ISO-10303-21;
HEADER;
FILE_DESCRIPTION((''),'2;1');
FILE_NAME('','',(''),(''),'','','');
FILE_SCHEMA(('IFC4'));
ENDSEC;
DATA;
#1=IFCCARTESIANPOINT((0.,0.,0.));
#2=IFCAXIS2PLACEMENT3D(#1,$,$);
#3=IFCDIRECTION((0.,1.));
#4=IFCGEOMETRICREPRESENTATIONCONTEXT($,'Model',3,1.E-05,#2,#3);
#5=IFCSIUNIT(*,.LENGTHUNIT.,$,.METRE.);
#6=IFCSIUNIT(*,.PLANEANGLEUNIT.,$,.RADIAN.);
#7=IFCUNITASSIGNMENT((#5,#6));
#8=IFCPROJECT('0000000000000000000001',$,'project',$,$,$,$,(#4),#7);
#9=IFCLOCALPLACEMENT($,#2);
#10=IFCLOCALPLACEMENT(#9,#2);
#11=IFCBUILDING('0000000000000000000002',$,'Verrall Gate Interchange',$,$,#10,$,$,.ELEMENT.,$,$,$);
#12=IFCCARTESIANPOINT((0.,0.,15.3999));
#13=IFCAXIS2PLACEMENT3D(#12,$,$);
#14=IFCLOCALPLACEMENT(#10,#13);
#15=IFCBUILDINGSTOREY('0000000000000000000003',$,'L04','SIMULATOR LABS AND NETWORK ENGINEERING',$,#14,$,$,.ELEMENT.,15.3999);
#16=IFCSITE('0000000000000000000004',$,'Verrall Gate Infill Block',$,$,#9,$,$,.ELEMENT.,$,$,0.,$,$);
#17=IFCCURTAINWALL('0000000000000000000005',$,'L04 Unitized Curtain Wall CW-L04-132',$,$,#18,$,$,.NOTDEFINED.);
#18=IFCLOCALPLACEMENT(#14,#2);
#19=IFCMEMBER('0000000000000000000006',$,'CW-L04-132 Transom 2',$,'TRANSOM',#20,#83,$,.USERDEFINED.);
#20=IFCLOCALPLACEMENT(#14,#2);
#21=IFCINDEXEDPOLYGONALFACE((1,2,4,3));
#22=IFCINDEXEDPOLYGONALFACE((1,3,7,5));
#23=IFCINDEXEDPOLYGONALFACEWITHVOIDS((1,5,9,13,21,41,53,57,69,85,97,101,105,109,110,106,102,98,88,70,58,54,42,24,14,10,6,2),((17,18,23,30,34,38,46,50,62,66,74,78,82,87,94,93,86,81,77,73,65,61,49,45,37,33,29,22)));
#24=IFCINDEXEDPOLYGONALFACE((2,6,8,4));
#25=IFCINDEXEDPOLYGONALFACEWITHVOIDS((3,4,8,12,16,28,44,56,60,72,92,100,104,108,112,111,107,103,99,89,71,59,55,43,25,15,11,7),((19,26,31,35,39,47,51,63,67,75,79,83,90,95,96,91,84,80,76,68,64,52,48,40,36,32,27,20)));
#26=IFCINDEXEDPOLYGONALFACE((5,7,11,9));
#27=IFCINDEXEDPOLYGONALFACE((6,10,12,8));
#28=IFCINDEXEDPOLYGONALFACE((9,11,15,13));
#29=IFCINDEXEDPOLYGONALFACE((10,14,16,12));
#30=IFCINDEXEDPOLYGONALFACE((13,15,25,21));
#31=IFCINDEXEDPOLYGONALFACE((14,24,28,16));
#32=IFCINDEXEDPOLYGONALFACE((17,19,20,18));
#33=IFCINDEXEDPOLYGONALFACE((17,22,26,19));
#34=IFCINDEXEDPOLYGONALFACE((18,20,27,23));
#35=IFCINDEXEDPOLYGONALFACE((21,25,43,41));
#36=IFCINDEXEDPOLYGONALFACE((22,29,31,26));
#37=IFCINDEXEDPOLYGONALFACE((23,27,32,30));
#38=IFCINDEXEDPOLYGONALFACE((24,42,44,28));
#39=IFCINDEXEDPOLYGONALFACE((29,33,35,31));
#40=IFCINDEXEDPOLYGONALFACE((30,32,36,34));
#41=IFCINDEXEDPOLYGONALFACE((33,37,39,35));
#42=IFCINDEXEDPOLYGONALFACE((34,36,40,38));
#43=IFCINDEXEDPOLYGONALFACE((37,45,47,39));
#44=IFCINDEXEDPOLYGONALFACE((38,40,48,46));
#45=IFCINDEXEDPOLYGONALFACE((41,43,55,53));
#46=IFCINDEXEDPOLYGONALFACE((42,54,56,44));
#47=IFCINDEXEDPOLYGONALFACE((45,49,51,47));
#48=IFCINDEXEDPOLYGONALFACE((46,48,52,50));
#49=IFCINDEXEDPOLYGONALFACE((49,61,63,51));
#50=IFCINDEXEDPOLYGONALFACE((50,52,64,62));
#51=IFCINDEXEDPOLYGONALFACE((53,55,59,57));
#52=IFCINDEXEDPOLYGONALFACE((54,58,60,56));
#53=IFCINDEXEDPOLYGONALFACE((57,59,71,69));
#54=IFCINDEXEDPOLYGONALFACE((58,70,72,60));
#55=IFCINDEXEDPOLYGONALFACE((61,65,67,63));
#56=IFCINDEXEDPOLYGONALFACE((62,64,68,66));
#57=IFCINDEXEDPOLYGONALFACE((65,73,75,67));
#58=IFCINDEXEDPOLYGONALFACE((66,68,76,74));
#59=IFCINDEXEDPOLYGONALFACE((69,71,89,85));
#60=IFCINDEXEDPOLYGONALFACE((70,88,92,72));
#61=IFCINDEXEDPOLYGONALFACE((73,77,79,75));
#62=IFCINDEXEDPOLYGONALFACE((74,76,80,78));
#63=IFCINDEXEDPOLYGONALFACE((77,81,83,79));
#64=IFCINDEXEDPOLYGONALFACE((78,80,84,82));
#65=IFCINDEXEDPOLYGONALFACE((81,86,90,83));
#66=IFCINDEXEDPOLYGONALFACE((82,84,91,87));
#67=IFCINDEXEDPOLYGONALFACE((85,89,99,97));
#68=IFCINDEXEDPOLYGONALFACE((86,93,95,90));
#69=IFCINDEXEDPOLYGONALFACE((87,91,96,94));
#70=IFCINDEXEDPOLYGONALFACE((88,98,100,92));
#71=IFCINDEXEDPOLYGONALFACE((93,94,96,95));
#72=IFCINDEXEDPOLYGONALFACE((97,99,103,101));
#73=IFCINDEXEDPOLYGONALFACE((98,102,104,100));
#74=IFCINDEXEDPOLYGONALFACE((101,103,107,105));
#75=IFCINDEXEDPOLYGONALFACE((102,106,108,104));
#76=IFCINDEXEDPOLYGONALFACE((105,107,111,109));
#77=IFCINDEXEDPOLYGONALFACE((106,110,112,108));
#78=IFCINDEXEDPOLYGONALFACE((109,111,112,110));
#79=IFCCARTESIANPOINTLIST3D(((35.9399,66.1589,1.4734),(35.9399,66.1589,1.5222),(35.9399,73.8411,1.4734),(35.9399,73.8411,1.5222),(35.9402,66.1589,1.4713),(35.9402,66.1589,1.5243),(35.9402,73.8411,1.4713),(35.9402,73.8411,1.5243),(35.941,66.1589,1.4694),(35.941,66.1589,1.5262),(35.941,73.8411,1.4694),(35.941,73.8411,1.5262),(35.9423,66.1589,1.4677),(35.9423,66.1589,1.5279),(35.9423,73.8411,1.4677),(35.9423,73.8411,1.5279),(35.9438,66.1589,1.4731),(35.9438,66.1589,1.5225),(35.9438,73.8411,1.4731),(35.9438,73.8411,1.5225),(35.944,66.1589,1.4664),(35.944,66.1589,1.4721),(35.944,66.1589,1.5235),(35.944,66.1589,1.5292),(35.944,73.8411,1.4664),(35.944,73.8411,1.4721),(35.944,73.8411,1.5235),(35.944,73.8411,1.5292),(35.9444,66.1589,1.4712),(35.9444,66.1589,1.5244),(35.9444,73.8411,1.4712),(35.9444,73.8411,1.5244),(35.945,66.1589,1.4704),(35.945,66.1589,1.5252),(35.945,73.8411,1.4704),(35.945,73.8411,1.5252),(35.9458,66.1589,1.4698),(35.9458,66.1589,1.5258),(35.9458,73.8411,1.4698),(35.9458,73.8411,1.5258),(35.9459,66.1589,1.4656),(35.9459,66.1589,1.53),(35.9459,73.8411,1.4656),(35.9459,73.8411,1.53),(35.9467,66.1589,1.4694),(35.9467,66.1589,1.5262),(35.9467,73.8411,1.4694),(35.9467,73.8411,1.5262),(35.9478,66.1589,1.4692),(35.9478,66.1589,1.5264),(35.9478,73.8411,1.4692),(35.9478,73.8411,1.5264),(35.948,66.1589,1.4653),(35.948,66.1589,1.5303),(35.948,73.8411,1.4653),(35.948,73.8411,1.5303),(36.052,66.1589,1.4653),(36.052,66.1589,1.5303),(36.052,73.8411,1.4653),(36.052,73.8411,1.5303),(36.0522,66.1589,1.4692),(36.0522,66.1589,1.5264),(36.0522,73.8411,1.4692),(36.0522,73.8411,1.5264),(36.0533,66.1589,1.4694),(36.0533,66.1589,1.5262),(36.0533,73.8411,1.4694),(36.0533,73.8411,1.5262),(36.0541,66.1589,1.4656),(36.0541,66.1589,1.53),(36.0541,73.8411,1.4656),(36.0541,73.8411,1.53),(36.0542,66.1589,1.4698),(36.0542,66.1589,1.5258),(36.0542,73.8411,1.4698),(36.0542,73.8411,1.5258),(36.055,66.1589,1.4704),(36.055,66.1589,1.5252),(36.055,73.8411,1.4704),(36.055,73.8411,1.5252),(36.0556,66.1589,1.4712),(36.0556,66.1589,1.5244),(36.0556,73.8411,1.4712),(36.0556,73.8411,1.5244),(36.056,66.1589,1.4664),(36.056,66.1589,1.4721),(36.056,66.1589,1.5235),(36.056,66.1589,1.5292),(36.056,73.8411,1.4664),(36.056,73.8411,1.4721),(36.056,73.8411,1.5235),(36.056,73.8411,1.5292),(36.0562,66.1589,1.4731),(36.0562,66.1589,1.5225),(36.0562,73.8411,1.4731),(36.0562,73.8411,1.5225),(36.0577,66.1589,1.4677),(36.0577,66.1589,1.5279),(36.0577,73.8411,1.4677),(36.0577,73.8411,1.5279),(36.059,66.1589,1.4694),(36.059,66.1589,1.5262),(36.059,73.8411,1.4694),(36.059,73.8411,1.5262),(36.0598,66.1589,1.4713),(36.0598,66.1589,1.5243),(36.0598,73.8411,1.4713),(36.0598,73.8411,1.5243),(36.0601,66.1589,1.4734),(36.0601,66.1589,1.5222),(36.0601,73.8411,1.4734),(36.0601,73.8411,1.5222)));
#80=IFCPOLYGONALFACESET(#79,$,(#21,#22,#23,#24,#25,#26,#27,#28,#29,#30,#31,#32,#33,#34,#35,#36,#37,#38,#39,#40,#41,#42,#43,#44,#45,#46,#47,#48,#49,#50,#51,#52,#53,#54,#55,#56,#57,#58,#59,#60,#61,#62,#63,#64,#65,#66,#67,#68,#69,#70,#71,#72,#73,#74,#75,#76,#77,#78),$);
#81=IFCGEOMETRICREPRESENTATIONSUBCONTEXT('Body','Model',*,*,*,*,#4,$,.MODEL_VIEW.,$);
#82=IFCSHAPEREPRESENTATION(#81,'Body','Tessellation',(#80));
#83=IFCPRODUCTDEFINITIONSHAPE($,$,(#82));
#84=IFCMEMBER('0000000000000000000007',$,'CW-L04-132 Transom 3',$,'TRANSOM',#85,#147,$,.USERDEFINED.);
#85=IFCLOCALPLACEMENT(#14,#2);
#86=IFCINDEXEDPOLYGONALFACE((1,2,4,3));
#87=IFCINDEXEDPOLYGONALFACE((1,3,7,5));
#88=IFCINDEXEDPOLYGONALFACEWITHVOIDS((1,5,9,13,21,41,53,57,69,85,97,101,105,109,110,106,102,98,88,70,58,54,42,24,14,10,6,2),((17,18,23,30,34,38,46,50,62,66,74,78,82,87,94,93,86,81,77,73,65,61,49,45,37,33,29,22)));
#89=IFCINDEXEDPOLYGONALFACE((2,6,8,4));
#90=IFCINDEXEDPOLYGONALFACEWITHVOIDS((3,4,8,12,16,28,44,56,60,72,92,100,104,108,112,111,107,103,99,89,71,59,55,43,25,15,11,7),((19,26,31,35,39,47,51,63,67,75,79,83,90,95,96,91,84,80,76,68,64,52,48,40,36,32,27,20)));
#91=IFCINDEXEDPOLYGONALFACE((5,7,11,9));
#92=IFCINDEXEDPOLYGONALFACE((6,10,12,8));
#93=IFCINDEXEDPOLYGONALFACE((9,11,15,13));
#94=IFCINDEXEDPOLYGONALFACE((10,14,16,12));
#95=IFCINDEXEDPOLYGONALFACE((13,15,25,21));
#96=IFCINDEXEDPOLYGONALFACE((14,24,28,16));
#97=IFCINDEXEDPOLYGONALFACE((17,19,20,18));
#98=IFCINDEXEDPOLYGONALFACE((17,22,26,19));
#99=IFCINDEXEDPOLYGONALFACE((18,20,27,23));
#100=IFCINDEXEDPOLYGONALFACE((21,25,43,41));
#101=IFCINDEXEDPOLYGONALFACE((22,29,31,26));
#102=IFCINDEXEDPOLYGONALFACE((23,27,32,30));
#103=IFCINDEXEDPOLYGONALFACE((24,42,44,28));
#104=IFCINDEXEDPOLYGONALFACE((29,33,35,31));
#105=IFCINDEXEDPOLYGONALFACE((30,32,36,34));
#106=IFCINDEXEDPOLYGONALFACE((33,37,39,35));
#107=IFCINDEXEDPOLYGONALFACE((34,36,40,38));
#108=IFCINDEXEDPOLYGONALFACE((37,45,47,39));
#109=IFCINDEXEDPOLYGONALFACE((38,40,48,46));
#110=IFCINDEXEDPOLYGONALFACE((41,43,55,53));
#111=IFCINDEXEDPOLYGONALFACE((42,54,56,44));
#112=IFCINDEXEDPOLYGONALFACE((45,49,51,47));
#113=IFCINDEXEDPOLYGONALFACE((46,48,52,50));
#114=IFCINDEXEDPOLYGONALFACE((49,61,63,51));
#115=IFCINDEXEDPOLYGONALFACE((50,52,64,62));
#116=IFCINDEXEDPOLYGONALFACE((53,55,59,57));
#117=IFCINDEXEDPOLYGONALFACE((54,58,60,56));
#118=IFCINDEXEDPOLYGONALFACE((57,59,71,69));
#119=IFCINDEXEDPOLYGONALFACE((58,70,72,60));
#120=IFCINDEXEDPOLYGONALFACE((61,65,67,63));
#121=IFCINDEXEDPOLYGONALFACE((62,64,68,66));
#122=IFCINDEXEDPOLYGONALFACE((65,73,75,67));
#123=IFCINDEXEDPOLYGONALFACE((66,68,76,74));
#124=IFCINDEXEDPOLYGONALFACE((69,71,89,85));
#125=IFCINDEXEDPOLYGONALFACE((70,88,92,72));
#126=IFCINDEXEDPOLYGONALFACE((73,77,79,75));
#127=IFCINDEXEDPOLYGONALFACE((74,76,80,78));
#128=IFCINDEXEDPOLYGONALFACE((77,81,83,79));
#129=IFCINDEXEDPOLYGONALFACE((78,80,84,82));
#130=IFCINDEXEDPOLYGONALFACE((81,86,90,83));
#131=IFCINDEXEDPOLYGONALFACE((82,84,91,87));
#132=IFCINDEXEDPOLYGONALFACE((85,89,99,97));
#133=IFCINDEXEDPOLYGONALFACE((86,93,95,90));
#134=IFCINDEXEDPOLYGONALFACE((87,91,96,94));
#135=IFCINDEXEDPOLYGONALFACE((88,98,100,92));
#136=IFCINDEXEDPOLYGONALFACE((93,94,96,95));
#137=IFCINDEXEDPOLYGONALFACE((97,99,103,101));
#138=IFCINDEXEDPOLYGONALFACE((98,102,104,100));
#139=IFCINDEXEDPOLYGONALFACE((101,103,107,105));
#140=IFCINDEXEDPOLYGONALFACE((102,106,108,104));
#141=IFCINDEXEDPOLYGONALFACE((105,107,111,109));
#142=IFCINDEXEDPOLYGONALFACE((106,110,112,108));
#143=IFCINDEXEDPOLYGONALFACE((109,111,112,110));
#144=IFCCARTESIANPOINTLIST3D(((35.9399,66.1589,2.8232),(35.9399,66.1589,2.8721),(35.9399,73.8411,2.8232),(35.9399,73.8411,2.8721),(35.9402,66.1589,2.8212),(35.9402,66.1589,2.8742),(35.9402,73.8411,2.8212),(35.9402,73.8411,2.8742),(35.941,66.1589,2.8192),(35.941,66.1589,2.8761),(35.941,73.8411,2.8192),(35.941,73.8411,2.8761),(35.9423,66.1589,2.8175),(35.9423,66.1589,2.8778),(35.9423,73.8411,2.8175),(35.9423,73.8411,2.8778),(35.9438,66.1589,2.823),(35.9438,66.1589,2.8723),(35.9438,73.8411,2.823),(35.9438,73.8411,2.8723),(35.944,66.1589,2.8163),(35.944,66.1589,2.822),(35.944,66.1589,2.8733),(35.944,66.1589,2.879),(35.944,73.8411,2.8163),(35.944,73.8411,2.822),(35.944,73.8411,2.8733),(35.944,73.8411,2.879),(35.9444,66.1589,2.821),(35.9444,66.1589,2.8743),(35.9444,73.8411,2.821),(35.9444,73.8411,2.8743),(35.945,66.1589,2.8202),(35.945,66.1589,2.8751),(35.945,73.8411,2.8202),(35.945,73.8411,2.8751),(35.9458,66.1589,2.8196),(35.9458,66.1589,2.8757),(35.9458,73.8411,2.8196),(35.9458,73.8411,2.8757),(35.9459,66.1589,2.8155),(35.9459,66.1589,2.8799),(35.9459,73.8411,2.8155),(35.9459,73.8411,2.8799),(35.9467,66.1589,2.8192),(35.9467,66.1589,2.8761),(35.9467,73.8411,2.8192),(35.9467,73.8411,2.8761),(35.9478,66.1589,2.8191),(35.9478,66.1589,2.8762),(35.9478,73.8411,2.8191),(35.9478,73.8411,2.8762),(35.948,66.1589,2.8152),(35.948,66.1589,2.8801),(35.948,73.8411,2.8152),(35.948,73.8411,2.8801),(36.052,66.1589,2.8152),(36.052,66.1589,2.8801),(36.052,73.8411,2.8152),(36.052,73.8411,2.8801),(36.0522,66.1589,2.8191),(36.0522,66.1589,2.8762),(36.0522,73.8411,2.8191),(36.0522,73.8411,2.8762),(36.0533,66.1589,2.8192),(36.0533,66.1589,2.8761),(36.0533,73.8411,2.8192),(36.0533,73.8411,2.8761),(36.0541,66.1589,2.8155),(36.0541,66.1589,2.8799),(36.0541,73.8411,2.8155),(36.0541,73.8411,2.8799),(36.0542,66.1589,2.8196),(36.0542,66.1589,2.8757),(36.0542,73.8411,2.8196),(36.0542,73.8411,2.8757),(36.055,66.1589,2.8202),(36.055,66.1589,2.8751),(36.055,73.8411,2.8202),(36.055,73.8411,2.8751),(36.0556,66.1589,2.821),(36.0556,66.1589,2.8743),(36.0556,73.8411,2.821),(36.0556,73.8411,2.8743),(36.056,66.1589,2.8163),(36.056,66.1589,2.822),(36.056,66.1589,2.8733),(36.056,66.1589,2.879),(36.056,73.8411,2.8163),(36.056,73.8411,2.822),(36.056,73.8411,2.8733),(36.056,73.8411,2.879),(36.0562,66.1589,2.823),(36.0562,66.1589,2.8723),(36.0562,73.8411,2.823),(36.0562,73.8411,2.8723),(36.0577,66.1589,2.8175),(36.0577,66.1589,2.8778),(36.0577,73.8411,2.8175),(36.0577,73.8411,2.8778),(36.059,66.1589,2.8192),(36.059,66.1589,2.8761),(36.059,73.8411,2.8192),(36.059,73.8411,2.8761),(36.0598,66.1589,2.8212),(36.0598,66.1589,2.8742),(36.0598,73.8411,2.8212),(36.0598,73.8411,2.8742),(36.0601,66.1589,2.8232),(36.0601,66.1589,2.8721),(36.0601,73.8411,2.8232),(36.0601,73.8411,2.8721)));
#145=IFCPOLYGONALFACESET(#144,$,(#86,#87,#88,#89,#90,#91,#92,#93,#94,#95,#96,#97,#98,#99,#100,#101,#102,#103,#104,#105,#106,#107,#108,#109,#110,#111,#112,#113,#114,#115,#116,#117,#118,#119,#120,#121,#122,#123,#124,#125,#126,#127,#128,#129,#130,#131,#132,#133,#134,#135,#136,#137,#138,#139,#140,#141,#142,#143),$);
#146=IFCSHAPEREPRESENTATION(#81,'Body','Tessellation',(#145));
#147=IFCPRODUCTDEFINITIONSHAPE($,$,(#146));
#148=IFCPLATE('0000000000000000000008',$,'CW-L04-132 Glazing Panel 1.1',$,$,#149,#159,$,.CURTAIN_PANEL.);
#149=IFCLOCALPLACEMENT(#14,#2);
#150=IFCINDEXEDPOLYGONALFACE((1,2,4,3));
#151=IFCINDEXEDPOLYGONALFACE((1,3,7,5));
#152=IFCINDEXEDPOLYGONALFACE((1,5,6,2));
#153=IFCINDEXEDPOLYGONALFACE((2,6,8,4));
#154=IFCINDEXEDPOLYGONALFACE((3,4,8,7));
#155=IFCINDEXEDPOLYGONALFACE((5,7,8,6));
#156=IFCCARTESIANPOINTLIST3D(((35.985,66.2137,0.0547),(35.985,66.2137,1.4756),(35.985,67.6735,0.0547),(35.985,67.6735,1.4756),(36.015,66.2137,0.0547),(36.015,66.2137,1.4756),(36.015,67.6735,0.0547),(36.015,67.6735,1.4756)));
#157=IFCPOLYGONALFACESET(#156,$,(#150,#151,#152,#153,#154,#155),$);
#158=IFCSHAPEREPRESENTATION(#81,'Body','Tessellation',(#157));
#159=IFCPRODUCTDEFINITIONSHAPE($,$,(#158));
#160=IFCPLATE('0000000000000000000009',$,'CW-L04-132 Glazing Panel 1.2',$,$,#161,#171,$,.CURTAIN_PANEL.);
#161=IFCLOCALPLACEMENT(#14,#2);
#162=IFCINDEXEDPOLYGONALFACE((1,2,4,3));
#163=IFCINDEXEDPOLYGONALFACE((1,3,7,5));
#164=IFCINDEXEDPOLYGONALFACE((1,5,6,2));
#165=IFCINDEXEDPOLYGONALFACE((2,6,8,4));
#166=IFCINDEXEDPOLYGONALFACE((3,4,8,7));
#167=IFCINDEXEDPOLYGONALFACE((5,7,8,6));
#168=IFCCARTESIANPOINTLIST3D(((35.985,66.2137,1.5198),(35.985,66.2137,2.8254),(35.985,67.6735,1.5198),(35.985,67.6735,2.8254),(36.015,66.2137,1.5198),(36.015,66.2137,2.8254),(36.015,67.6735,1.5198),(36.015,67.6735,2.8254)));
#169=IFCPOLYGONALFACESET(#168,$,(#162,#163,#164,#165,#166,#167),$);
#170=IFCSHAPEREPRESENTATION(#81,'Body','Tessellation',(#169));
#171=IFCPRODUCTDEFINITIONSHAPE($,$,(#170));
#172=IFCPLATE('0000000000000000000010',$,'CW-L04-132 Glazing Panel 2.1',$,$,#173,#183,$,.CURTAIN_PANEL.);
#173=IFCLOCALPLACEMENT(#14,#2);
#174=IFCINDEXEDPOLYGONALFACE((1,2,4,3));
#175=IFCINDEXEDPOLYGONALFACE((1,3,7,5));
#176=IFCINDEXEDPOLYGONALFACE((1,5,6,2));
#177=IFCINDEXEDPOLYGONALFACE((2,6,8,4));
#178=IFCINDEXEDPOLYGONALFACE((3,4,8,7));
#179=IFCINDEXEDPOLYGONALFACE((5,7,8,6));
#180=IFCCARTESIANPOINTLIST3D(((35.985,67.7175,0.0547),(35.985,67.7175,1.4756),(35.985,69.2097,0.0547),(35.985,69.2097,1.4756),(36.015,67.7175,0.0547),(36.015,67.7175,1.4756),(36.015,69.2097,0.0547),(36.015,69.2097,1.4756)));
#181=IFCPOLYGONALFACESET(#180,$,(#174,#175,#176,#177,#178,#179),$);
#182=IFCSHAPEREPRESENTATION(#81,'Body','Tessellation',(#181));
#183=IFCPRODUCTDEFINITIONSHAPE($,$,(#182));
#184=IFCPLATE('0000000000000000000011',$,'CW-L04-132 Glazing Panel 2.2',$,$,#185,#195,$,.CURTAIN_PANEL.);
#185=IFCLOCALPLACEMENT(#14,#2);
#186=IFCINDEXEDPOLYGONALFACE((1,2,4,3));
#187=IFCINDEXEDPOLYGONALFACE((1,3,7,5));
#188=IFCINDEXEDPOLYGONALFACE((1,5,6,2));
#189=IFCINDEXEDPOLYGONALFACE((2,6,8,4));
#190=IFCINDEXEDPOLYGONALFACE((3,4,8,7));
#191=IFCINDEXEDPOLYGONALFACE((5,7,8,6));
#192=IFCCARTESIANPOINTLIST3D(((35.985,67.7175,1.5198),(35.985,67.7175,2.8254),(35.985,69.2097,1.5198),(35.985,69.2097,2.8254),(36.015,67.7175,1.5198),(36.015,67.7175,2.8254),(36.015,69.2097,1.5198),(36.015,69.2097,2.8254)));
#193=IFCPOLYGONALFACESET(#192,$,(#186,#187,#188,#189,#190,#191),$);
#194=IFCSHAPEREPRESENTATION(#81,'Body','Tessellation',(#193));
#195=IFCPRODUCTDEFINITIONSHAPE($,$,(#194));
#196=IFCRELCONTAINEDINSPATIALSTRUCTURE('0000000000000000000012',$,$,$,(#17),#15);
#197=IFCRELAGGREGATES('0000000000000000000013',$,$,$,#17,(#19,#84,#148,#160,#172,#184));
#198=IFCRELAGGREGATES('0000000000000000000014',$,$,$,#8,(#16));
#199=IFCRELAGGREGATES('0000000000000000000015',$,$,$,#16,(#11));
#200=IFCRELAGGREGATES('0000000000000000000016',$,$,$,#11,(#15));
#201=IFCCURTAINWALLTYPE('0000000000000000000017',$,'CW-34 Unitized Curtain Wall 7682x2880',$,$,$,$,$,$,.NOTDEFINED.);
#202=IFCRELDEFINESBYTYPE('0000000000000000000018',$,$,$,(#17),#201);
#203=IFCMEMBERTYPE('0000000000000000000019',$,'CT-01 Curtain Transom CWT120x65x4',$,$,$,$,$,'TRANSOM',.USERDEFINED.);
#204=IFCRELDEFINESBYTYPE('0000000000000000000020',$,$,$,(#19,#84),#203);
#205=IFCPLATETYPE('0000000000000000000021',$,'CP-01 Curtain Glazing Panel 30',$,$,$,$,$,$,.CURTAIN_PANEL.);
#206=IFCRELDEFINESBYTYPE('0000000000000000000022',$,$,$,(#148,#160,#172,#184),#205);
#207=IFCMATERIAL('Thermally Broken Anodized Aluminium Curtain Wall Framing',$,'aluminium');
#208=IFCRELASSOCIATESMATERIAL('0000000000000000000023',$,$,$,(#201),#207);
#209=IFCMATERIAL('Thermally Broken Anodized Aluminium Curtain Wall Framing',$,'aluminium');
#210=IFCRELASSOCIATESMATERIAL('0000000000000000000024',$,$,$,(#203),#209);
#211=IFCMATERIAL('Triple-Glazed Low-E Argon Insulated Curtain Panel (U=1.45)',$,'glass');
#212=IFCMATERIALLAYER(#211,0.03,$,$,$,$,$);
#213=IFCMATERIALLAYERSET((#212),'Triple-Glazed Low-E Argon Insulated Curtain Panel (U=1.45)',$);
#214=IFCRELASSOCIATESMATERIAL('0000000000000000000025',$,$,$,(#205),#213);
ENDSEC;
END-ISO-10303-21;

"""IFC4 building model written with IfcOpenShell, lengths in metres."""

from ifc_helpers import new_model, si_unit, direction, frame, origin, origin_2d, place, context, subcontext, project, spatial, rectangle, hollow_rectangle, extrude, material, layer, layer_set, material_profile, profile_set, type_object, element, aggregate, save


model = new_model("IFC4")

# Units and contexts
model_context = context("Model", 3, precision=1e-05, world=origin(), true_north=direction((0.0, 1.0)))
body_context = subcontext(model_context, "Body", "Model", "MODEL_VIEW")
ifc_project = project(units=[si_unit("LENGTHUNIT", "METRE"), si_unit("PLANEANGLEUNIT", "RADIAN")], contexts=[model_context])

# Site, building, storey
site_placement = place(None, origin())
site = spatial("IfcSite", under=ifc_project, at=site_placement, Name="Verrall Gate Infill Block", CompositionType="ELEMENT", RefElevation=0.0)
building_placement = place(site_placement, origin())
building = spatial("IfcBuilding", under=site, at=building_placement, Name="Verrall Gate Interchange", CompositionType="ELEMENT")
storey_placement = place(building_placement, frame((0.0, 0.0, 15.3999)))
storey = spatial("IfcBuildingStorey", under=building, at=storey_placement, Name="L04", Description="SIMULATOR LABS AND NETWORK ENGINEERING", CompositionType="ELEMENT", Elevation=15.3999)

# Curtain wall
ifc_material_1 = material(Name="Thermally Broken Anodized Aluminium Curtain Wall Framing", Category="aluminium")
curtain_wall_type_1 = type_object("IfcCurtainWallType", Name="CW-34 Unitized Curtain Wall 7682x2880", PredefinedType="NOTDEFINED", material=ifc_material_1)
curtain_wall_1_placement = place(storey_placement, origin())
curtain_wall_1 = element("IfcCurtainWall", 1, at=curtain_wall_1_placement, inside=storey, type_object=curtain_wall_type_1, Name="L04 Unitized Curtain Wall CW-L04-132", PredefinedType="NOTDEFINED")

# Members
ifc_material_2 = material(Name="Thermally Broken Anodized Aluminium Curtain Wall Framing", Category="aluminium")
ifc_material_profile_1 = material_profile(ifc_material_2, hollow_rectangle(XDim=0.1201, YDim=0.0649, WallThickness=0.0039, InnerFilletRadius=0.0039, OuterFilletRadius=0.0081, at=origin_2d()), Name="CWT120x65x4")
ifc_profile_set_1 = profile_set([ifc_material_profile_1], Name="Thermally Broken Anodized Aluminium Curtain Wall Framing")
member_type_1 = type_object("IfcMemberType", Name="CT-01 Curtain Transom CWT120x65x4", ElementType="TRANSOM", PredefinedType="USERDEFINED", material=ifc_profile_set_1)
member_1_placement = place(storey_placement, frame((36.0, 66.1589, 1.4978), z_axis=(0.0, 1.0, 0.0), x_axis=(-1.0, 0.0, 0.0)))
member_1 = element("IfcMember", 2, at=member_1_placement, type_object=member_type_1, Name="CW-L04-132 Transom 2", ObjectType="TRANSOM", PredefinedType="USERDEFINED", context=body_context, shape_type="SweptSolid", body=[
    extrude(hollow_rectangle(XDim=0.1201, YDim=0.0649, WallThickness=0.0039, InnerFilletRadius=0.0039, OuterFilletRadius=0.0081, at=origin_2d()), origin(), (0.0, 0.0, 1.0), 7.6821),
])
member_2_placement = place(storey_placement, frame((36.0, 66.1589, 2.8477), z_axis=(0.0, 1.0, 0.0), x_axis=(-1.0, 0.0, 0.0)))
member_2 = element("IfcMember", 3, at=member_2_placement, type_object=member_type_1, Name="CW-L04-132 Transom 3", ObjectType="TRANSOM", PredefinedType="USERDEFINED", context=body_context, shape_type="SweptSolid", body=[
    extrude(hollow_rectangle(XDim=0.1201, YDim=0.0649, WallThickness=0.0039, InnerFilletRadius=0.0039, OuterFilletRadius=0.0081, at=origin_2d()), origin(), (0.0, 0.0, 1.0), 7.6821),
])

# Plates
ifc_material_3 = material(Name="Triple-Glazed Low-E Argon Insulated Curtain Panel (U=1.45)", Category="glass")
ifc_layer_1 = layer(ifc_material_3, 0.03)
ifc_layer_set_1 = layer_set([ifc_layer_1], Name="Triple-Glazed Low-E Argon Insulated Curtain Panel (U=1.45)")
plate_type_1 = type_object("IfcPlateType", Name="CP-01 Curtain Glazing Panel 30", PredefinedType="CURTAIN_PANEL", material=ifc_layer_set_1)
plate_1_placement = place(storey_placement, frame((36.0, 66.9436, 0.0547), z_axis=(0.0, 0.0, 1.0), x_axis=(0.0, 1.0, 0.0)))
plate_1 = element("IfcPlate", 4, at=plate_1_placement, type_object=plate_type_1, Name="CW-L04-132 Glazing Panel 1.1", PredefinedType="CURTAIN_PANEL", context=body_context, shape_type="SweptSolid", body=[
    extrude(rectangle(XDim=1.4597, YDim=0.03, at=origin_2d()), origin(), (0.0, 0.0, 1.0), 1.4209),
])
plate_2_placement = place(storey_placement, frame((36.0, 66.9436, 1.5198), z_axis=(0.0, 0.0, 1.0), x_axis=(0.0, 1.0, 0.0)))
plate_2 = element("IfcPlate", 5, at=plate_2_placement, type_object=plate_type_1, Name="CW-L04-132 Glazing Panel 1.2", PredefinedType="CURTAIN_PANEL", context=body_context, shape_type="SweptSolid", body=[
    extrude(rectangle(XDim=1.4597, YDim=0.03, at=origin_2d()), origin(), (0.0, 0.0, 1.0), 1.3057),
])
plate_3_placement = place(storey_placement, frame((36.0, 68.4636, 0.0547), z_axis=(0.0, 0.0, 1.0), x_axis=(0.0, 1.0, 0.0)))
plate_3 = element("IfcPlate", 6, at=plate_3_placement, type_object=plate_type_1, Name="CW-L04-132 Glazing Panel 2.1", PredefinedType="CURTAIN_PANEL", context=body_context, shape_type="SweptSolid", body=[
    extrude(rectangle(XDim=1.4922, YDim=0.03, at=origin_2d()), origin(), (0.0, 0.0, 1.0), 1.4209),
])
plate_4_placement = place(storey_placement, frame((36.0, 68.4636, 1.5198), z_axis=(0.0, 0.0, 1.0), x_axis=(0.0, 1.0, 0.0)))
plate_4 = element("IfcPlate", 7, at=plate_4_placement, type_object=plate_type_1, Name="CW-L04-132 Glazing Panel 2.2", PredefinedType="CURTAIN_PANEL", context=body_context, shape_type="SweptSolid", body=[
    extrude(rectangle(XDim=1.4922, YDim=0.03, at=origin_2d()), origin(), (0.0, 0.0, 1.0), 1.3057),
])
aggregate(curtain_wall_1, [member_1, member_2, plate_1, plate_2, plate_3, plate_4])

save(model, "model.ifc")
